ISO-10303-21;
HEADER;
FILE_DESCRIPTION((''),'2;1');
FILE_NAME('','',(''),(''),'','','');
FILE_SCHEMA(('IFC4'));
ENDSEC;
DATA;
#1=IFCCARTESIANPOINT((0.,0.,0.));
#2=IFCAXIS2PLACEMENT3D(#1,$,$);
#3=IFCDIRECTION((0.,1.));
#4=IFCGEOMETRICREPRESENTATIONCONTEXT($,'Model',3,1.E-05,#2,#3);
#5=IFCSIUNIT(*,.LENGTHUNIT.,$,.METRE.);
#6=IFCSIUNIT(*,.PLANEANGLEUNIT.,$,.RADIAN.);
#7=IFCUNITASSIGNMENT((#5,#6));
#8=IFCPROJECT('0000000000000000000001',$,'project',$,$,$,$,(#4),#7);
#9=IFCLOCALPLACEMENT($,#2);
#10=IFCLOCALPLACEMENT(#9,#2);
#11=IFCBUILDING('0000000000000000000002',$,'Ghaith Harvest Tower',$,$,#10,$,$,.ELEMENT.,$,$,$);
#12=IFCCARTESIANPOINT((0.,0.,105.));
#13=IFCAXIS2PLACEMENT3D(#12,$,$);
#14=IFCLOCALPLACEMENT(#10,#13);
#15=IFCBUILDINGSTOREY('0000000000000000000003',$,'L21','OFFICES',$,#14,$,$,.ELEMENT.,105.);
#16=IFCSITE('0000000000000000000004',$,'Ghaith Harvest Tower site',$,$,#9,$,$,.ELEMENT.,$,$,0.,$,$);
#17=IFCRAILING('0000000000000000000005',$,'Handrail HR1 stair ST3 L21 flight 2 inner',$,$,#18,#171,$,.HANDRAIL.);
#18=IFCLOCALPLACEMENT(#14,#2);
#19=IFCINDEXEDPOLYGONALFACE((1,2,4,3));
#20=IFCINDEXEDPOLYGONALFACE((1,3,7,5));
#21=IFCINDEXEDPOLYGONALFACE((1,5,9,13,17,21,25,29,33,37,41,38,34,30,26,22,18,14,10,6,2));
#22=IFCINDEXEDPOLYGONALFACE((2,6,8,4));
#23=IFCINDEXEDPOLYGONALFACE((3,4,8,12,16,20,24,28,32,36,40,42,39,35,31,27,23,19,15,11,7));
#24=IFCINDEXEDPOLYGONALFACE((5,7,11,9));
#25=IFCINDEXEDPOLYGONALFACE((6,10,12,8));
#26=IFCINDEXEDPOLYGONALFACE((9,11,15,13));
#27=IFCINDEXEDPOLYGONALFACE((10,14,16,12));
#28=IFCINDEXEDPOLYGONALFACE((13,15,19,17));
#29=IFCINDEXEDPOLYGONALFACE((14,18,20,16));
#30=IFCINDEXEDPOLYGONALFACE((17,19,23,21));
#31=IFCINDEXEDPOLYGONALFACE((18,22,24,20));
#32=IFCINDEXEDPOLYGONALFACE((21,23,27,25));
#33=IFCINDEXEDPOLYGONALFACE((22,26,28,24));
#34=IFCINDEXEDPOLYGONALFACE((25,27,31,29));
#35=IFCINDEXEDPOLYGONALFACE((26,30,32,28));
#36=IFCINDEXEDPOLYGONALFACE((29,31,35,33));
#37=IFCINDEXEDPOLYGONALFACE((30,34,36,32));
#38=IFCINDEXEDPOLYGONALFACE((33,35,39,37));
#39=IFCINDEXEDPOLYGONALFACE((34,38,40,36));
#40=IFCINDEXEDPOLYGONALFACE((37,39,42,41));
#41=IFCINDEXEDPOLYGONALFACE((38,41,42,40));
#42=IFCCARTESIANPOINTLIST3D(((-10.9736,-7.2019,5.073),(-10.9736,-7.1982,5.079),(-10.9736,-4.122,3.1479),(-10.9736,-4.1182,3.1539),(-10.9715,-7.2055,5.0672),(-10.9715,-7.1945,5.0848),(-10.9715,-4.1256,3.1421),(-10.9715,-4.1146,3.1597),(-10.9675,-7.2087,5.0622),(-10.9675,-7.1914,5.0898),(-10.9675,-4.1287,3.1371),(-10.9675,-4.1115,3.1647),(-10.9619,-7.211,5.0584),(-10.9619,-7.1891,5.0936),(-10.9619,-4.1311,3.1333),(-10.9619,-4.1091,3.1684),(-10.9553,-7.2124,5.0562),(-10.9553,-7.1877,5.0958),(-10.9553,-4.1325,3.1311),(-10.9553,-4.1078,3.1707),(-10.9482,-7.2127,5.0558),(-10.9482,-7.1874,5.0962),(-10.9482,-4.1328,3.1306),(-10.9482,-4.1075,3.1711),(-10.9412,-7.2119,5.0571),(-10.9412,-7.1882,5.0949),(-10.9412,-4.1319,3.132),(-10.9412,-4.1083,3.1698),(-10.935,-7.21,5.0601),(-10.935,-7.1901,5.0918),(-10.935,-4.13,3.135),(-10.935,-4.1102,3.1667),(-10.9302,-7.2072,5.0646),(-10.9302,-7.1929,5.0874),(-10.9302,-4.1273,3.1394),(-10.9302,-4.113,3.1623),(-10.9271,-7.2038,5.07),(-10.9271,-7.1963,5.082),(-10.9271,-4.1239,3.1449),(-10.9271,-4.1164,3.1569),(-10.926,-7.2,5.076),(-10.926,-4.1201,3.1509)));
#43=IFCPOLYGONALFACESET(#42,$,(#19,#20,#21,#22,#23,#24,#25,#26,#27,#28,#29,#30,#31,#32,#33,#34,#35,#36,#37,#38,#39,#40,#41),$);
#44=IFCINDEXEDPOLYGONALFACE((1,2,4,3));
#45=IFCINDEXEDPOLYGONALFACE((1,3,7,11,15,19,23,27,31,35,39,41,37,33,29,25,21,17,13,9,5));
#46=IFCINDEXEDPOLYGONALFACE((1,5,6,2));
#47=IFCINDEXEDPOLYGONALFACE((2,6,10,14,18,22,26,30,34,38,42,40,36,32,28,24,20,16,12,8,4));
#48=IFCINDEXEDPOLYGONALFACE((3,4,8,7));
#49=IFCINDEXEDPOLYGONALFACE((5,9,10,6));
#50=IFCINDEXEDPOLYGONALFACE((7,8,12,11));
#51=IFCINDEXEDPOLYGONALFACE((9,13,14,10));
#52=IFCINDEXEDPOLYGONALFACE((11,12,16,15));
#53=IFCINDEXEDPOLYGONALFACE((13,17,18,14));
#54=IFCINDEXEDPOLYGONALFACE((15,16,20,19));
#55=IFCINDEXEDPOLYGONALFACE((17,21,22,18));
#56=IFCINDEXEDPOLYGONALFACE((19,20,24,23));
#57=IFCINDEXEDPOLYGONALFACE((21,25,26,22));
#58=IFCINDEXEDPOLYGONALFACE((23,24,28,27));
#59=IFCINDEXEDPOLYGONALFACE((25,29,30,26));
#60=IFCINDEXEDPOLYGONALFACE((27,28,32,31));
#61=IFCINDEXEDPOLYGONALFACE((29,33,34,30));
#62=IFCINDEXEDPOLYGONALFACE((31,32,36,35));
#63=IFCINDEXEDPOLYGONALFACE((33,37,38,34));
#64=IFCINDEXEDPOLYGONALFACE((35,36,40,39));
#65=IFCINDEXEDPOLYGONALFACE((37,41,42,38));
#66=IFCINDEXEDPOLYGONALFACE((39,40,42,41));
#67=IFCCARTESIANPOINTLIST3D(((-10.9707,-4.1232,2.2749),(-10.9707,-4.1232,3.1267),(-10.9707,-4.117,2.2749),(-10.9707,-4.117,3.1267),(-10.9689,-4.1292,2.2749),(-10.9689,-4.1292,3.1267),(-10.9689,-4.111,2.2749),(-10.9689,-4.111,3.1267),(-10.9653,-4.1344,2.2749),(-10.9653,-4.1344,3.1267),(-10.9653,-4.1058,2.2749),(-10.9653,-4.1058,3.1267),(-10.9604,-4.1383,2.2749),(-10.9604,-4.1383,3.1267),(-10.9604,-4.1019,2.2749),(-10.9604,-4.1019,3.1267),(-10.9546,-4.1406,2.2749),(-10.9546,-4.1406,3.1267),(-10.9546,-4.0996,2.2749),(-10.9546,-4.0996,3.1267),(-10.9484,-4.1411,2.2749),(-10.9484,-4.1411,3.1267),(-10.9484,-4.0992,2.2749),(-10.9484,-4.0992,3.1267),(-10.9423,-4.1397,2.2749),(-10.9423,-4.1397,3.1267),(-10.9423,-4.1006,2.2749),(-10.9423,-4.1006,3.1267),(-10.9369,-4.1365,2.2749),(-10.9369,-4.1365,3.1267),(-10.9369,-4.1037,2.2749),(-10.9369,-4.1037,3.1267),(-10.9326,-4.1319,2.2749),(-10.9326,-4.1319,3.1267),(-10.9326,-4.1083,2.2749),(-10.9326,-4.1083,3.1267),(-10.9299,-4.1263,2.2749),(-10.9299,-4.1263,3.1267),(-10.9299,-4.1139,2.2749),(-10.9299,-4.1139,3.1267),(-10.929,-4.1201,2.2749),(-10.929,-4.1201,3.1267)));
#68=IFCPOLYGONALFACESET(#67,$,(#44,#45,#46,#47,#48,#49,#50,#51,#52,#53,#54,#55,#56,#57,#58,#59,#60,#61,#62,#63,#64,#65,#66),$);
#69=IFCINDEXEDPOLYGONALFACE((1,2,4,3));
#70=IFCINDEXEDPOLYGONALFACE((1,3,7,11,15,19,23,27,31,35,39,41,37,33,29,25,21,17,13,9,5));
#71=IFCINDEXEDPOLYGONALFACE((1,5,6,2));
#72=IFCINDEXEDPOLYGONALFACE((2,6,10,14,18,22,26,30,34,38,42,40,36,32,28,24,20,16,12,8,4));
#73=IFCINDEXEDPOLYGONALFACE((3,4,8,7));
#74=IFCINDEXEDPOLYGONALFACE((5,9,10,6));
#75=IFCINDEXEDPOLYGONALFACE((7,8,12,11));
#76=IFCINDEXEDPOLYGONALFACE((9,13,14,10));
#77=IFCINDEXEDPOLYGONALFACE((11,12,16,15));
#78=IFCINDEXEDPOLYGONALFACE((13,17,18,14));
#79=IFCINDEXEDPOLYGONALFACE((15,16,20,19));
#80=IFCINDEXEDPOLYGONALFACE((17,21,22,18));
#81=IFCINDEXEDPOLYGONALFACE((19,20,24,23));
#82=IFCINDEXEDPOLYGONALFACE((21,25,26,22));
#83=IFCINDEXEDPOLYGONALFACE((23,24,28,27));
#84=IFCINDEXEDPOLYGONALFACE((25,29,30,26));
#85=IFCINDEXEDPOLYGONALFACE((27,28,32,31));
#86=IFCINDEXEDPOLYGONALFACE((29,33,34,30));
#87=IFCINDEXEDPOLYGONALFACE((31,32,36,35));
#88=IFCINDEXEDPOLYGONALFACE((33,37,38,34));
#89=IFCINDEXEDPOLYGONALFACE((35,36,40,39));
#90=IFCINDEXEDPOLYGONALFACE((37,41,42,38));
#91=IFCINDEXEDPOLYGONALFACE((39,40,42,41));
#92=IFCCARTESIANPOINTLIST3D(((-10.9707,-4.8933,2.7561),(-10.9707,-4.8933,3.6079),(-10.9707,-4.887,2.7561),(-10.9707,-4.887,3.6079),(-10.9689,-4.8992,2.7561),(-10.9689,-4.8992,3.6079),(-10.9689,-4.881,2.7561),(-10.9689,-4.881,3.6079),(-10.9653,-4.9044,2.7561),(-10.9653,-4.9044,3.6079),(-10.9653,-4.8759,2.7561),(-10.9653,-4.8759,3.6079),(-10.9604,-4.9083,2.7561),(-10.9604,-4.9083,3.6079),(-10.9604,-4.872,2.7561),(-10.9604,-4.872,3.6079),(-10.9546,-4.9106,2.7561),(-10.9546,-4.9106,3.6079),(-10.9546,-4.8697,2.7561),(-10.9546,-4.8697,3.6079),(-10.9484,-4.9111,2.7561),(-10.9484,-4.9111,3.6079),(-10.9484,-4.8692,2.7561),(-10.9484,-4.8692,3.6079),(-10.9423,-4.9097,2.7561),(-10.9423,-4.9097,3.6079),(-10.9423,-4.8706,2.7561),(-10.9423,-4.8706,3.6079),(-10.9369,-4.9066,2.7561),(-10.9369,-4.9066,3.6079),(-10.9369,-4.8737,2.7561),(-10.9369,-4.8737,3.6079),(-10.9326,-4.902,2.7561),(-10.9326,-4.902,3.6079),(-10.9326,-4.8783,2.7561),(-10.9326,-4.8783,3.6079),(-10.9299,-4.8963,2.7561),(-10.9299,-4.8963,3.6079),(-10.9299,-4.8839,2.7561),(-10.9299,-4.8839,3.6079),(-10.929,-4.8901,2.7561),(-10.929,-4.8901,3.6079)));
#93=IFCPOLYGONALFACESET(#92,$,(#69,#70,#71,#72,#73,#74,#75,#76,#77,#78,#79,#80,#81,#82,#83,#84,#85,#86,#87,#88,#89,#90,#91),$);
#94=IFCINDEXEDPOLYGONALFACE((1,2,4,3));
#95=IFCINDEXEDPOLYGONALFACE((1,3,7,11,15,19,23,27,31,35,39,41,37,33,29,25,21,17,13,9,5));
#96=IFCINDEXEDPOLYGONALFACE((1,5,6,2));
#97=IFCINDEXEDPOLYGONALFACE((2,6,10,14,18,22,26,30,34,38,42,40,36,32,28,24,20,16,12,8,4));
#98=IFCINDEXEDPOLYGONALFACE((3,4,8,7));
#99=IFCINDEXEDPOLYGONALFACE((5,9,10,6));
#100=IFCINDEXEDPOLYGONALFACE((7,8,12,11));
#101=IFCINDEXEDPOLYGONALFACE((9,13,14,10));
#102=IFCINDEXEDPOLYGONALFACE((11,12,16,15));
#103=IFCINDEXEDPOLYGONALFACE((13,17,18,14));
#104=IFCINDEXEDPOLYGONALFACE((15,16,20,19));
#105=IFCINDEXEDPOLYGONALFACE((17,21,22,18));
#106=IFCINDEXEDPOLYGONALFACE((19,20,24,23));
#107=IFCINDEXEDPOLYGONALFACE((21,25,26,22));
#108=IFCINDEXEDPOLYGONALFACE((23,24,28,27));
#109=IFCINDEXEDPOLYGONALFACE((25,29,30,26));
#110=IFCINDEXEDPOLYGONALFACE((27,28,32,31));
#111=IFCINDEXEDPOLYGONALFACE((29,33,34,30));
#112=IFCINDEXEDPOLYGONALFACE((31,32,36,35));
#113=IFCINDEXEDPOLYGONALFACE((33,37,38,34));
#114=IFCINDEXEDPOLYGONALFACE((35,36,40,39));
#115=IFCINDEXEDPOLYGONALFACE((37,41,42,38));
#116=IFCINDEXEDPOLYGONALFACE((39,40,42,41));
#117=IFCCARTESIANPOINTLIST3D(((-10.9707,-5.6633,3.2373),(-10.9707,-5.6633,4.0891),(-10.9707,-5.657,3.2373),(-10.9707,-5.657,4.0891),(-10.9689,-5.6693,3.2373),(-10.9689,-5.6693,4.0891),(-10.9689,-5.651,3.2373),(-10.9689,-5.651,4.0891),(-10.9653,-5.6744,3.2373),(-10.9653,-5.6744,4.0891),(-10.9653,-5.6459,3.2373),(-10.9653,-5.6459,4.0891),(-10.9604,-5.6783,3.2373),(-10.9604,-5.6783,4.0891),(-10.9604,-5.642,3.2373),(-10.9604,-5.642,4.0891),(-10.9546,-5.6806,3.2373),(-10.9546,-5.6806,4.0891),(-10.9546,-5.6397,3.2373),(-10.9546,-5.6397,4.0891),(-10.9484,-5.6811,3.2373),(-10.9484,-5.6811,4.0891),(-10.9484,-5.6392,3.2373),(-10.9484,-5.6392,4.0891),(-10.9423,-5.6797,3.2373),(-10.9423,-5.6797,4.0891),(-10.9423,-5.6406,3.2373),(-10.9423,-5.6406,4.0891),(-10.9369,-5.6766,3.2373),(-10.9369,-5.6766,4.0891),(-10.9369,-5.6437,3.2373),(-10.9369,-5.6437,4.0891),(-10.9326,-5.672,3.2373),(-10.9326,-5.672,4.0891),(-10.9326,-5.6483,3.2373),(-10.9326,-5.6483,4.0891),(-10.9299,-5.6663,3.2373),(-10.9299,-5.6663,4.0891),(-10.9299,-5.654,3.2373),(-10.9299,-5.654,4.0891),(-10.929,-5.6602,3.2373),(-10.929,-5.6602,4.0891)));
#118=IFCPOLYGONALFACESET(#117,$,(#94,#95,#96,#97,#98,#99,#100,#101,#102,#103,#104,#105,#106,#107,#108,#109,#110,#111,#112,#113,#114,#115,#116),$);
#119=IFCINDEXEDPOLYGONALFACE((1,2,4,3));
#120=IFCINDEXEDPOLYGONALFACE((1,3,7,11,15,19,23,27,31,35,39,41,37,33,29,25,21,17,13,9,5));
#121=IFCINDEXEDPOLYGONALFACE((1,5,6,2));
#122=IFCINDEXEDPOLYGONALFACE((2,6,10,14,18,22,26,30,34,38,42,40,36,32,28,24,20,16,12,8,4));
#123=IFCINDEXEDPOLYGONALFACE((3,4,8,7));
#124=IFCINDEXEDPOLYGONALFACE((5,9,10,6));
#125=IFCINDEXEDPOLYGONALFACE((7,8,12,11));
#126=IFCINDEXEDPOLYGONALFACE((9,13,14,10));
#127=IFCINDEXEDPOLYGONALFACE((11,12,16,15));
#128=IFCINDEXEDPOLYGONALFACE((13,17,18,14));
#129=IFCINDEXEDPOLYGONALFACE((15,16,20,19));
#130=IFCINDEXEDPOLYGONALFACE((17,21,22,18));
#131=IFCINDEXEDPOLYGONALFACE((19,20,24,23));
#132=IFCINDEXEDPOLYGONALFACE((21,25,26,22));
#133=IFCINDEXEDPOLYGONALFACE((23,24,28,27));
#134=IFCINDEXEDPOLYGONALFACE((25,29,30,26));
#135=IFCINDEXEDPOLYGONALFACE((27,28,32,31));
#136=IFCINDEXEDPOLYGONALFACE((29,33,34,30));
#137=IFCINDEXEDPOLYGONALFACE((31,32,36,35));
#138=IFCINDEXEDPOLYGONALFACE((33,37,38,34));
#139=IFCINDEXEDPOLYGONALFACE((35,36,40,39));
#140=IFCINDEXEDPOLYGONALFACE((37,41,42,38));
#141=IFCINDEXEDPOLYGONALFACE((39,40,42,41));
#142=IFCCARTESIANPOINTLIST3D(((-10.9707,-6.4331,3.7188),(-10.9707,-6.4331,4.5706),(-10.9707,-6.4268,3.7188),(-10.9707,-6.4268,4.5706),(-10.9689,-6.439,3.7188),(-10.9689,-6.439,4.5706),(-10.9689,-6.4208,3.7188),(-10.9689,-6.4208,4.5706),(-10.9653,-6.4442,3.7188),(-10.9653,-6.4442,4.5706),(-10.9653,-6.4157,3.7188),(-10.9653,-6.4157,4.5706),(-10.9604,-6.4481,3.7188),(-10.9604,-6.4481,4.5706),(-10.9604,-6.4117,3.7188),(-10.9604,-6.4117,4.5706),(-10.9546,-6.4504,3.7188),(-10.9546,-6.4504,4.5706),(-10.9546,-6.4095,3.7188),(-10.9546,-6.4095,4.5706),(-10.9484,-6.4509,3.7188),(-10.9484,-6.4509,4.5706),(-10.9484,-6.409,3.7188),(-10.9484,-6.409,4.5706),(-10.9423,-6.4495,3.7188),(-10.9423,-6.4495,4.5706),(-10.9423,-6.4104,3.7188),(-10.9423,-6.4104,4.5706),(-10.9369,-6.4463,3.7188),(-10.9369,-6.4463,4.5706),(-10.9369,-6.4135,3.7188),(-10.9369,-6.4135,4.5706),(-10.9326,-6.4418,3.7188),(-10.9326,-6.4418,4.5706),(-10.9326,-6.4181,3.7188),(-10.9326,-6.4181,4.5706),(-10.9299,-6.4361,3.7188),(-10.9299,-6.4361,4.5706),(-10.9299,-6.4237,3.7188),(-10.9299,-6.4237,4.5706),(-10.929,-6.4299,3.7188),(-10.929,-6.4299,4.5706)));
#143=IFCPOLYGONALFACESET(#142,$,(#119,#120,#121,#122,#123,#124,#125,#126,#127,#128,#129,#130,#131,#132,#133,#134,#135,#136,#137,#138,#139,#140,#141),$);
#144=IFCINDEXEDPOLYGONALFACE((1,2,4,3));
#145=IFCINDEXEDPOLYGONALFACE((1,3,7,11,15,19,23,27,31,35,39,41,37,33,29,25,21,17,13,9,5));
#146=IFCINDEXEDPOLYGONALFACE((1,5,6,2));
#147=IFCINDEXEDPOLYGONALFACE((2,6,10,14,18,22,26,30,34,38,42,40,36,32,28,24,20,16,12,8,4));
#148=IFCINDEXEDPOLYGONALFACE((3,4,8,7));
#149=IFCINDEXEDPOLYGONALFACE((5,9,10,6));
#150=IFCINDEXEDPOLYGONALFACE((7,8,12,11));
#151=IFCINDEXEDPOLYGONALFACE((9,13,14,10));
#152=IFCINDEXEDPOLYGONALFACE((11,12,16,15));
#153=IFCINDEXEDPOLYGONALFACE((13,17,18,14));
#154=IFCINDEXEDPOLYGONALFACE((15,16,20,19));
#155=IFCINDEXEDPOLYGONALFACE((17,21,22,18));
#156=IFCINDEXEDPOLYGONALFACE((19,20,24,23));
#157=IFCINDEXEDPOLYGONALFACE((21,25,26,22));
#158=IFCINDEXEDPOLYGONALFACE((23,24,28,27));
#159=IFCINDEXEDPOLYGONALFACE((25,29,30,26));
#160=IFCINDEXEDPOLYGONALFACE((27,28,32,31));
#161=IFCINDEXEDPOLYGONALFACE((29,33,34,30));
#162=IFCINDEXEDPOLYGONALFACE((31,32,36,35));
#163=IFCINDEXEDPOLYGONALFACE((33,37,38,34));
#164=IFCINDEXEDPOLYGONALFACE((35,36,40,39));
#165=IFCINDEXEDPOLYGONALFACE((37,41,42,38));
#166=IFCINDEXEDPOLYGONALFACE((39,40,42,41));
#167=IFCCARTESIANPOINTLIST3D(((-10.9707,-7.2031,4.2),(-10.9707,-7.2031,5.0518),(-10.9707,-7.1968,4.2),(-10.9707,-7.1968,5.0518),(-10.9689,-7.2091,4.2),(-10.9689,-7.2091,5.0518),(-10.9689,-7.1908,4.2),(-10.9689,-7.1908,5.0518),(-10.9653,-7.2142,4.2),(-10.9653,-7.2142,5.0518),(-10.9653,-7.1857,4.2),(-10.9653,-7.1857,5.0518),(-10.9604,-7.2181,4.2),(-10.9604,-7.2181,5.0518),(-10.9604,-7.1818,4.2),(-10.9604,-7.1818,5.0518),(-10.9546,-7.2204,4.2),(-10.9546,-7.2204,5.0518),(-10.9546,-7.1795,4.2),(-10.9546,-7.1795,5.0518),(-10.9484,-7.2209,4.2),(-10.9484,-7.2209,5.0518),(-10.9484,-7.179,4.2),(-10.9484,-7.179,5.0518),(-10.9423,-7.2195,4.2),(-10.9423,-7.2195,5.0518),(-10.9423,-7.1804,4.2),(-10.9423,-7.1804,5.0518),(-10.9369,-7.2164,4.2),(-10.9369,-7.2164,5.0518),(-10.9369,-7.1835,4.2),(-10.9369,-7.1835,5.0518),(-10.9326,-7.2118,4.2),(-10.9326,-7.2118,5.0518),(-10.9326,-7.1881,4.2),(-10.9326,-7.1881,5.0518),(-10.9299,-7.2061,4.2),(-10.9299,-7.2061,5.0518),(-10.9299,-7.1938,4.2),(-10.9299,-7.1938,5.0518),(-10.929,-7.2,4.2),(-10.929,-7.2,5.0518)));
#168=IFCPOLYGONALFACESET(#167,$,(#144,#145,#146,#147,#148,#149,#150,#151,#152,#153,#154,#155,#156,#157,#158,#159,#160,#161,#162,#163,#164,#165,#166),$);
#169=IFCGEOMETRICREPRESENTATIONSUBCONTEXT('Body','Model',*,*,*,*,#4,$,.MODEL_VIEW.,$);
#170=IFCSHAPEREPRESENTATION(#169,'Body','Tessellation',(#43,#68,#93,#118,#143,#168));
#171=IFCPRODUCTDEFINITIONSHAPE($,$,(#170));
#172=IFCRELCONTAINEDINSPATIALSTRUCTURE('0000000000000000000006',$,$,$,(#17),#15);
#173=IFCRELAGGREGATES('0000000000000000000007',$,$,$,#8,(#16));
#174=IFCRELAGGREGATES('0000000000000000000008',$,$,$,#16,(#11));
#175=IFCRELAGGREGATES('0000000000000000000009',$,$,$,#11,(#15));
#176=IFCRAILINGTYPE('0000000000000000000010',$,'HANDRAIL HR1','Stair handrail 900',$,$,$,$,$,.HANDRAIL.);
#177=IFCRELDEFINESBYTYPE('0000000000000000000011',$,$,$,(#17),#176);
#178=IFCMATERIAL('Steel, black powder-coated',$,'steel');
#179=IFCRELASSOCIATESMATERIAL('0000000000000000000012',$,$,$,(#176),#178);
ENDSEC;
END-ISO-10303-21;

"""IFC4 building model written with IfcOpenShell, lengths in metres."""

from ifc_helpers import new_model, si_unit, direction, frame, origin, origin_2d, place, context, subcontext, project, spatial, circle, extrude, material, type_object, element, save


model = new_model("IFC4")

# Units and contexts
model_context = context("Model", 3, precision=1e-05, world=origin(), true_north=direction((0.0, 1.0)))
body_context = subcontext(model_context, "Body", "Model", "MODEL_VIEW")
ifc_project = project(units=[si_unit("LENGTHUNIT", "METRE"), si_unit("PLANEANGLEUNIT", "RADIAN")], contexts=[model_context])

# Site, building, storey
site_placement = place(None, origin())
site = spatial("IfcSite", under=ifc_project, at=site_placement, Name="Ghaith Harvest Tower site", CompositionType="ELEMENT", RefElevation=0.0)
building_placement = place(site_placement, origin())
building = spatial("IfcBuilding", under=site, at=building_placement, Name="Ghaith Harvest Tower", CompositionType="ELEMENT")
storey_placement = place(building_placement, frame((0.0, 0.0, 105.0)))
storey = spatial("IfcBuildingStorey", under=building, at=storey_placement, Name="L21", Description="OFFICES", CompositionType="ELEMENT", Elevation=105.0)

# Railing
ifc_material_1 = material(Name="Steel, black powder-coated", Category="steel")
railing_type = type_object("IfcRailingType", Name="HANDRAIL HR1", Description="Stair handrail 900", PredefinedType="HANDRAIL", material=ifc_material_1)
railing_1_placement = place(storey_placement, frame((-10.95, -4.1201, 2.2749)))
element("IfcRailing", 1, at=railing_1_placement, inside=storey, type_object=railing_type, Name="Handrail HR1 stair ST3 L21 flight 2 inner", PredefinedType="HANDRAIL", context=body_context, shape_type="SweptSolid", body=[
    extrude(circle(Radius=0.0239, at=origin_2d()), frame((0.0, 0.0, 0.876), z_axis=(0.0, -0.847979, 0.530029), x_axis=(1.0, 0.0, 0.0)), (0.0, 0.0, 1.0), 3.6321),
    extrude(circle(Radius=0.021, at=origin_2d()), origin(), (0.0, 0.0, 1.0), 0.8518),
    extrude(circle(Radius=0.021, at=origin_2d()), frame((0.0, -0.77, 0.4812)), (0.0, 0.0, 1.0), 0.8518),
    extrude(circle(Radius=0.021, at=origin_2d()), frame((0.0, -1.54, 0.9624)), (0.0, 0.0, 1.0), 0.8518),
    extrude(circle(Radius=0.021, at=origin_2d()), frame((0.0, -2.3098, 1.4438)), (0.0, 0.0, 1.0), 0.8518),
    extrude(circle(Radius=0.021, at=origin_2d()), frame((0.0, -3.0798, 1.925)), (0.0, 0.0, 1.0), 0.8518),
])

save(model, "model.ifc")
